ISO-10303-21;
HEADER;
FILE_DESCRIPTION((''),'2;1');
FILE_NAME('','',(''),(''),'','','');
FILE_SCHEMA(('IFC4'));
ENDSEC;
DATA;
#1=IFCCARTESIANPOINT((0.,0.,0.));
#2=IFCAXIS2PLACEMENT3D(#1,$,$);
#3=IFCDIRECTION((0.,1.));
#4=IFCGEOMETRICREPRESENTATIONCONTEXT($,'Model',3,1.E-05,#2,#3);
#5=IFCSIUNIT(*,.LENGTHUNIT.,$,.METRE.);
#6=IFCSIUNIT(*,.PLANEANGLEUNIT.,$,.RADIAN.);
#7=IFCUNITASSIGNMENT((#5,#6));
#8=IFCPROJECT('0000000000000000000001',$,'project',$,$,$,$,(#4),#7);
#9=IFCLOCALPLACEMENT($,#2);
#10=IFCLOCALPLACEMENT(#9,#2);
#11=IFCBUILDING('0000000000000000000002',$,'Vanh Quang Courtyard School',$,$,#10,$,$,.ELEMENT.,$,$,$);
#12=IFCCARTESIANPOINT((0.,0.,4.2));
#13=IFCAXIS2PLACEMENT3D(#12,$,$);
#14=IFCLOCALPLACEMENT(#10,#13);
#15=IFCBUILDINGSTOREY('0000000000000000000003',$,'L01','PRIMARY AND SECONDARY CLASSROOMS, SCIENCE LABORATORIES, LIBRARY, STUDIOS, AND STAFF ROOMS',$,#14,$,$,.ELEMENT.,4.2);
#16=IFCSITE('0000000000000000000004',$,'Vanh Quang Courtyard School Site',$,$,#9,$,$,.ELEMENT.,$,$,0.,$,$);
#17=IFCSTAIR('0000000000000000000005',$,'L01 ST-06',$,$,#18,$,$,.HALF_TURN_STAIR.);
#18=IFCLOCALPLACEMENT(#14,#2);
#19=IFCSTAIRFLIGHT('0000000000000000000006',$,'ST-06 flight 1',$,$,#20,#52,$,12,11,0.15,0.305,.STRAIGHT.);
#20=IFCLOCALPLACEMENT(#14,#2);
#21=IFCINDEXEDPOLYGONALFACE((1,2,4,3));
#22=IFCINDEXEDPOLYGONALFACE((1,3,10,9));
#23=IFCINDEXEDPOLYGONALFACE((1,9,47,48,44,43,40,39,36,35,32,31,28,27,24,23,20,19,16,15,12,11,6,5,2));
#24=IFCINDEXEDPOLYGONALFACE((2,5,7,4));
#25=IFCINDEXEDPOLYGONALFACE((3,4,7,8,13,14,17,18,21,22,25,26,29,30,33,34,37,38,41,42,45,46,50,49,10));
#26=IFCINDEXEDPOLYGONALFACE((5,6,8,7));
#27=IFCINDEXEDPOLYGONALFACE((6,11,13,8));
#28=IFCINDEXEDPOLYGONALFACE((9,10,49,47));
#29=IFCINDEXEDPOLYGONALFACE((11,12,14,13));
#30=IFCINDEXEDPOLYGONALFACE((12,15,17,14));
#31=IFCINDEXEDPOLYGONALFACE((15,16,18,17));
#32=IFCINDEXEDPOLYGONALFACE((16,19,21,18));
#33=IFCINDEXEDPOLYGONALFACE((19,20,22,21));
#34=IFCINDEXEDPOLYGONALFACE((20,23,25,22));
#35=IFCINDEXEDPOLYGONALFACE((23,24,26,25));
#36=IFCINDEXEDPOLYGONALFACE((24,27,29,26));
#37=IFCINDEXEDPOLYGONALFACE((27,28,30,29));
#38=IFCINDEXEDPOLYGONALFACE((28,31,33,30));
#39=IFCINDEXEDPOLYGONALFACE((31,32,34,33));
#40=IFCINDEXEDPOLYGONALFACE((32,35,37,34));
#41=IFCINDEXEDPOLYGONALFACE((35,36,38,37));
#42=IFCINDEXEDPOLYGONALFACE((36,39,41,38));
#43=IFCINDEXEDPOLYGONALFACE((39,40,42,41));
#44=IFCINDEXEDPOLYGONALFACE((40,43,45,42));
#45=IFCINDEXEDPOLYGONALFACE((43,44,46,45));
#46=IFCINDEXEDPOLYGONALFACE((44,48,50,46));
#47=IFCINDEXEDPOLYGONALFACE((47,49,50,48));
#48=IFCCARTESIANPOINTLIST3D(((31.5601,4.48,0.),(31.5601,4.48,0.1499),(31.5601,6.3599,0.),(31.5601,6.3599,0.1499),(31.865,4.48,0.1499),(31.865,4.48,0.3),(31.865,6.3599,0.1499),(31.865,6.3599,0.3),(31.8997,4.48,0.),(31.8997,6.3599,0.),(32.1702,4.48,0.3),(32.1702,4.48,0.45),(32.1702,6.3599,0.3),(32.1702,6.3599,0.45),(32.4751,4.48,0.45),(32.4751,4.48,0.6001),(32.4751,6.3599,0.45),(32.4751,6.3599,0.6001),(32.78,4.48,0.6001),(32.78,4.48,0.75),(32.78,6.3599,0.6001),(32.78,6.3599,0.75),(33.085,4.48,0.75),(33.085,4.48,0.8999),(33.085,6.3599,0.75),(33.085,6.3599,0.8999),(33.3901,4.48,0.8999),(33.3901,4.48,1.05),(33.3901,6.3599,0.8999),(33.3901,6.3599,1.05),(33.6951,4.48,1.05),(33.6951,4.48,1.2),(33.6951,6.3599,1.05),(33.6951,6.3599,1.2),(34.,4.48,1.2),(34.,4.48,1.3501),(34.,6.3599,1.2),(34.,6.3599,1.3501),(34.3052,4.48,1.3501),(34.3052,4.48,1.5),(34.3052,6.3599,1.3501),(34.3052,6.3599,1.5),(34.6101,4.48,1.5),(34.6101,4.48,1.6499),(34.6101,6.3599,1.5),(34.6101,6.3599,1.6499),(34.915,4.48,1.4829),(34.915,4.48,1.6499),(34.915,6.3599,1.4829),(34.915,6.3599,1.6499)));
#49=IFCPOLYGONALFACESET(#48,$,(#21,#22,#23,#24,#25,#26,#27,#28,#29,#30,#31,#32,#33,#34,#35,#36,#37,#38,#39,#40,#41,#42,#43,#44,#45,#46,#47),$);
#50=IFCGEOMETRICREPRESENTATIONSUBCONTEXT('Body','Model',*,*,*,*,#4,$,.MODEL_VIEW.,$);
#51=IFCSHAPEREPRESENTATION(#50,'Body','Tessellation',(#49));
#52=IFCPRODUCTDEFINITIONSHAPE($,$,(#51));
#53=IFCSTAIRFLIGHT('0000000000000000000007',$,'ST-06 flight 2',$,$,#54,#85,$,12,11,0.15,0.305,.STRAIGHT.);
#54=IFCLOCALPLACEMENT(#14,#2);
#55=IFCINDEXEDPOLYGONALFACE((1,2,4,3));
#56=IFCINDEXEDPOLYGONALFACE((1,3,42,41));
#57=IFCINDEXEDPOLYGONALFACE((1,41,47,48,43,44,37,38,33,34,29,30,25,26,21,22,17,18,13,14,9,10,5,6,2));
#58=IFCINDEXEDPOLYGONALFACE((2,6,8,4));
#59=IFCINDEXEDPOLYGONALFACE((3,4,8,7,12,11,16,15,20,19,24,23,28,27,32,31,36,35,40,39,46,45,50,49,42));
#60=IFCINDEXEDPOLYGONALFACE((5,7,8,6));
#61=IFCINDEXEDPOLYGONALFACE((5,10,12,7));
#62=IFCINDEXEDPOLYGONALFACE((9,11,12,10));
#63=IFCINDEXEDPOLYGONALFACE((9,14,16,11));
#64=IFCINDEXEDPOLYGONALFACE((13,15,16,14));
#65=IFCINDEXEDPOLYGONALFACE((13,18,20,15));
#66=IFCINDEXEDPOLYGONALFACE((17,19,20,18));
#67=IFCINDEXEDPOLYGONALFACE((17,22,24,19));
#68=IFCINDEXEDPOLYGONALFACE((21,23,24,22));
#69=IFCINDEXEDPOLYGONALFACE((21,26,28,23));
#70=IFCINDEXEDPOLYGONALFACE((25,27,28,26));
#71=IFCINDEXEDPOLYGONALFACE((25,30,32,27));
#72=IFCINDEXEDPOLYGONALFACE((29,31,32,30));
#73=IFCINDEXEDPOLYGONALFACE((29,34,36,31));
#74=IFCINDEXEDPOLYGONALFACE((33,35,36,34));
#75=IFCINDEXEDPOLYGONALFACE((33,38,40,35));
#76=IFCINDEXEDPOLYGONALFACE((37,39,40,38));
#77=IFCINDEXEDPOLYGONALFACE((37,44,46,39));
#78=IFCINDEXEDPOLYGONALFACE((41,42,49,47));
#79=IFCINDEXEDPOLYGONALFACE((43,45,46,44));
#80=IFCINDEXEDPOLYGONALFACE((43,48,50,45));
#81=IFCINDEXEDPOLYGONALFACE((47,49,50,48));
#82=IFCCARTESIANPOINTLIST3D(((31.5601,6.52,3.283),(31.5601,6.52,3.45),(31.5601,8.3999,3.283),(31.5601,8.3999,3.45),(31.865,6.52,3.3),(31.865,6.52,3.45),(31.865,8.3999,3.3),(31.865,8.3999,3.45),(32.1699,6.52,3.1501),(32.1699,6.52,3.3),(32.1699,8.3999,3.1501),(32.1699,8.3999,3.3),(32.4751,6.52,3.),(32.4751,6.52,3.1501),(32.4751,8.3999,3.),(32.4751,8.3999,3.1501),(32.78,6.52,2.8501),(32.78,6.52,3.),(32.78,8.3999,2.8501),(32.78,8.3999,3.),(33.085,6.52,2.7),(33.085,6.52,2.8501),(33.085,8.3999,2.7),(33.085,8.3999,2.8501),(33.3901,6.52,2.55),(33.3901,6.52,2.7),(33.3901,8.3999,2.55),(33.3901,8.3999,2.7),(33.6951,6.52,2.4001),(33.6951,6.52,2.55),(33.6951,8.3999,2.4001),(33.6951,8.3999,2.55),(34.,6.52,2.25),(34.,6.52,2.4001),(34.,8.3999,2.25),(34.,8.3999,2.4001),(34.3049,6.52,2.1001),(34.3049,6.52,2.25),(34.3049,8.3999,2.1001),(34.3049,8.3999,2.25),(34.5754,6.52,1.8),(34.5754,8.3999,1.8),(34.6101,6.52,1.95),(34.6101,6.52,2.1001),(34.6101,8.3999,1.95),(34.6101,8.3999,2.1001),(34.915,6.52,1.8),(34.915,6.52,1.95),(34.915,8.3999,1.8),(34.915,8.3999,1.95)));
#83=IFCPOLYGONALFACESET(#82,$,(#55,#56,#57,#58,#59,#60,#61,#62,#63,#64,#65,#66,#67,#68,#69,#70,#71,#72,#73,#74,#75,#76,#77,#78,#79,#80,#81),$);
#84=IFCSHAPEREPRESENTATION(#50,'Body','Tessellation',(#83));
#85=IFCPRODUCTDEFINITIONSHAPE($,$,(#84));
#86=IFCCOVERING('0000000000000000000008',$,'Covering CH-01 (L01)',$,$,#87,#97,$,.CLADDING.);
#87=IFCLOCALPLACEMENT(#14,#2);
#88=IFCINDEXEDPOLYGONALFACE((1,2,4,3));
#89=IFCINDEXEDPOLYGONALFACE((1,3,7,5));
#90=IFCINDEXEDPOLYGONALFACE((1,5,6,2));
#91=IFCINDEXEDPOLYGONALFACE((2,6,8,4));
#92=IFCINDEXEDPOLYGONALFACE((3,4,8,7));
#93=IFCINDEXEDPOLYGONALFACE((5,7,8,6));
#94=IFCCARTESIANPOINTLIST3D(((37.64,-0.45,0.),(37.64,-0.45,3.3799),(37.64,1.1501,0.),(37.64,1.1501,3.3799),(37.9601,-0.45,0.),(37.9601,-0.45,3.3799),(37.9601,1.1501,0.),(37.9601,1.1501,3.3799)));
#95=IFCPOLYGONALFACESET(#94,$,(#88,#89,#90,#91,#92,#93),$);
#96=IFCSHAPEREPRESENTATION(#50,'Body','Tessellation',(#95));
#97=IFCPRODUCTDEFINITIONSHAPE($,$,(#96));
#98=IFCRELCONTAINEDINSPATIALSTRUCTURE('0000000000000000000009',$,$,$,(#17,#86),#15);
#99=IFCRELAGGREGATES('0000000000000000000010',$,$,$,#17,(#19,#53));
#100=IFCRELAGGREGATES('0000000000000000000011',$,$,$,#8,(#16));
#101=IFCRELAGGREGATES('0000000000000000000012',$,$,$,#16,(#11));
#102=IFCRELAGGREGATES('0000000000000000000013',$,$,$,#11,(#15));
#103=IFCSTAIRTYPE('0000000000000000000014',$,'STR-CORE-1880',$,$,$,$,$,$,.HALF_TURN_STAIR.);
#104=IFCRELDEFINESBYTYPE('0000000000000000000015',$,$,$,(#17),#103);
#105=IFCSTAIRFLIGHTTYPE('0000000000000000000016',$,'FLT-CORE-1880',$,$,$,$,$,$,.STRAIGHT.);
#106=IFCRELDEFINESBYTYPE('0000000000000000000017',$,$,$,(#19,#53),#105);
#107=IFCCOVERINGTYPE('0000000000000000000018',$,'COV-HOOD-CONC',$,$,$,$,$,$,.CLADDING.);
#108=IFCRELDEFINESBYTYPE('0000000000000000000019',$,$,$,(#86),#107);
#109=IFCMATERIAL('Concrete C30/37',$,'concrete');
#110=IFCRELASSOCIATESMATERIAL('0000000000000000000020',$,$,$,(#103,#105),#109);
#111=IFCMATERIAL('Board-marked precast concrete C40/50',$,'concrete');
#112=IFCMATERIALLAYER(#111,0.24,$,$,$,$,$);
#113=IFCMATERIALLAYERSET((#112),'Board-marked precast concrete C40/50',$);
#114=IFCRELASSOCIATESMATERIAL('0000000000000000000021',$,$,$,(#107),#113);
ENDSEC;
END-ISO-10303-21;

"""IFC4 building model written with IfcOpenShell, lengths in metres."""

from ifc_helpers import new_model, si_unit, direction, frame, origin, origin_2d, place, context, subcontext, project, spatial, polyline, rectangle, outline, extrude, material, layer, layer_set, type_object, element, aggregate, save


model = new_model("IFC4")

# Units and contexts
model_context = context("Model", 3, precision=1e-05, world=origin(), true_north=direction((0.0, 1.0)))
body_context = subcontext(model_context, "Body", "Model", "MODEL_VIEW")
ifc_project = project(units=[si_unit("LENGTHUNIT", "METRE"), si_unit("PLANEANGLEUNIT", "RADIAN")], contexts=[model_context])

# Site, building, storey
site_placement = place(None, origin())
site = spatial("IfcSite", under=ifc_project, at=site_placement, Name="Vanh Quang Courtyard School Site", CompositionType="ELEMENT", RefElevation=0.0)
building_placement = place(site_placement, origin())
building = spatial("IfcBuilding", under=site, at=building_placement, Name="Vanh Quang Courtyard School", CompositionType="ELEMENT")
storey_placement = place(building_placement, frame((0.0, 0.0, 4.2)))
storey = spatial("IfcBuildingStorey", under=building, at=storey_placement, Name="L01", Description="PRIMARY AND SECONDARY CLASSROOMS, SCIENCE LABORATORIES, LIBRARY, STUDIOS, AND STAFF ROOMS", CompositionType="ELEMENT", Elevation=4.2)

# Stair, stair flights
ifc_material_1 = material(Name="Concrete C30/37", Category="concrete")
stair_type = type_object("IfcStairType", Name="STR-CORE-1880", PredefinedType="HALF_TURN_STAIR", material=ifc_material_1)
stair_placement = place(storey_placement, origin())
stair = element("IfcStair", 1, at=stair_placement, inside=storey, type_object=stair_type, Name="L01 ST-06", PredefinedType="HALF_TURN_STAIR")
stair_flight_type = type_object("IfcStairFlightType", Name="FLT-CORE-1880", PredefinedType="STRAIGHT", material=ifc_material_1)
stair_flight_1_placement = place(storey_placement, frame((31.5601, 5.4199, 0.0), z_axis=(0.0, 0.0, 1.0), x_axis=(1.0, 0.0, 0.0)))
stair_flight_1 = element("IfcStairFlight", 2, at=stair_flight_1_placement, type_object=stair_flight_type, Name="ST-06 flight 1", NumberOfRisers=12, NumberOfTreads=11, PredefinedType="STRAIGHT", RiserHeight=0.15, TreadLength=0.305, context=body_context, shape_type="SweptSolid", body=[
    extrude(outline(polyline([(0.0, 0.0), (0.0, 0.1499), (0.3049, 0.1499), (0.3049, 0.3), (0.6101, 0.3), (0.6101, 0.45), (0.915, 0.45), (0.915, 0.6001), (1.22, 0.6001), (1.22, 0.75), (1.5249, 0.75), (1.5249, 0.8999), (1.8301, 0.8999), (1.8301, 1.05), (2.135, 1.05), (2.135, 1.2), (2.4399, 1.2), (2.4399, 1.3501), (2.7451, 1.3501), (2.7451, 1.5), (3.05, 1.5), (3.05, 1.6499), (3.355, 1.6499), (3.355, 1.8), (3.355, 1.4829), (0.3396, 0.0), (0.0, 0.0)])), frame((0.0, 0.9399, 0.0), z_axis=(0.0, -1.0, 0.0), x_axis=(1.0, 0.0, 0.0)), (0.0, 0.0, 1.0), 1.8799),
])
stair_flight_2_placement = place(storey_placement, frame((34.915, 7.46, 1.8), z_axis=(0.0, 0.0, 1.0), x_axis=(-1.0, 0.0, 0.0)))
stair_flight_2 = element("IfcStairFlight", 3, at=stair_flight_2_placement, type_object=stair_flight_type, Name="ST-06 flight 2", NumberOfRisers=12, NumberOfTreads=11, PredefinedType="STRAIGHT", RiserHeight=0.15, TreadLength=0.305, context=body_context, shape_type="SweptSolid", body=[
    extrude(outline(polyline([(0.0, 0.0), (0.0, 0.1499), (0.3049, 0.1499), (0.3049, 0.3), (0.6101, 0.3), (0.6101, 0.45), (0.915, 0.45), (0.915, 0.6001), (1.22, 0.6001), (1.22, 0.75), (1.5249, 0.75), (1.5249, 0.8999), (1.8301, 0.8999), (1.8301, 1.05), (2.135, 1.05), (2.135, 1.2), (2.4399, 1.2), (2.4399, 1.3501), (2.7451, 1.3501), (2.7451, 1.5), (3.05, 1.5), (3.05, 1.6499), (3.355, 1.6499), (3.355, 1.8), (3.355, 1.4829), (0.3396, 0.0), (0.0, 0.0)])), frame((0.0, 0.9399, 0.0), z_axis=(0.0, -1.0, 0.0), x_axis=(1.0, 0.0, 0.0)), (0.0, 0.0, 1.0), 1.8799),
])
aggregate(stair, [stair_flight_1, stair_flight_2])

# Covering
ifc_material_2 = material(Name="Board-marked precast concrete C40/50", Category="concrete")
ifc_layer_1 = layer(ifc_material_2, 0.24)
ifc_layer_set_1 = layer_set([ifc_layer_1], Name="Board-marked precast concrete C40/50")
covering_type = type_object("IfcCoveringType", Name="COV-HOOD-CONC", PredefinedType="CLADDING", material=ifc_layer_set_1)
covering_placement = place(storey_placement, frame((37.8, 0.3501, 0.0), z_axis=(0.0, 0.0, 1.0), x_axis=(0.0, 1.0, 0.0)))
element("IfcCovering", 4, at=covering_placement, inside=storey, type_object=covering_type, Name="Covering CH-01 (L01)", PredefinedType="CLADDING", context=body_context, shape_type="SweptSolid", body=[
    extrude(rectangle(XDim=1.6001, YDim=0.3201, at=origin_2d()), origin(), (0.0, 0.0, 1.0), 3.3799),
])

save(model, "model.ifc")
